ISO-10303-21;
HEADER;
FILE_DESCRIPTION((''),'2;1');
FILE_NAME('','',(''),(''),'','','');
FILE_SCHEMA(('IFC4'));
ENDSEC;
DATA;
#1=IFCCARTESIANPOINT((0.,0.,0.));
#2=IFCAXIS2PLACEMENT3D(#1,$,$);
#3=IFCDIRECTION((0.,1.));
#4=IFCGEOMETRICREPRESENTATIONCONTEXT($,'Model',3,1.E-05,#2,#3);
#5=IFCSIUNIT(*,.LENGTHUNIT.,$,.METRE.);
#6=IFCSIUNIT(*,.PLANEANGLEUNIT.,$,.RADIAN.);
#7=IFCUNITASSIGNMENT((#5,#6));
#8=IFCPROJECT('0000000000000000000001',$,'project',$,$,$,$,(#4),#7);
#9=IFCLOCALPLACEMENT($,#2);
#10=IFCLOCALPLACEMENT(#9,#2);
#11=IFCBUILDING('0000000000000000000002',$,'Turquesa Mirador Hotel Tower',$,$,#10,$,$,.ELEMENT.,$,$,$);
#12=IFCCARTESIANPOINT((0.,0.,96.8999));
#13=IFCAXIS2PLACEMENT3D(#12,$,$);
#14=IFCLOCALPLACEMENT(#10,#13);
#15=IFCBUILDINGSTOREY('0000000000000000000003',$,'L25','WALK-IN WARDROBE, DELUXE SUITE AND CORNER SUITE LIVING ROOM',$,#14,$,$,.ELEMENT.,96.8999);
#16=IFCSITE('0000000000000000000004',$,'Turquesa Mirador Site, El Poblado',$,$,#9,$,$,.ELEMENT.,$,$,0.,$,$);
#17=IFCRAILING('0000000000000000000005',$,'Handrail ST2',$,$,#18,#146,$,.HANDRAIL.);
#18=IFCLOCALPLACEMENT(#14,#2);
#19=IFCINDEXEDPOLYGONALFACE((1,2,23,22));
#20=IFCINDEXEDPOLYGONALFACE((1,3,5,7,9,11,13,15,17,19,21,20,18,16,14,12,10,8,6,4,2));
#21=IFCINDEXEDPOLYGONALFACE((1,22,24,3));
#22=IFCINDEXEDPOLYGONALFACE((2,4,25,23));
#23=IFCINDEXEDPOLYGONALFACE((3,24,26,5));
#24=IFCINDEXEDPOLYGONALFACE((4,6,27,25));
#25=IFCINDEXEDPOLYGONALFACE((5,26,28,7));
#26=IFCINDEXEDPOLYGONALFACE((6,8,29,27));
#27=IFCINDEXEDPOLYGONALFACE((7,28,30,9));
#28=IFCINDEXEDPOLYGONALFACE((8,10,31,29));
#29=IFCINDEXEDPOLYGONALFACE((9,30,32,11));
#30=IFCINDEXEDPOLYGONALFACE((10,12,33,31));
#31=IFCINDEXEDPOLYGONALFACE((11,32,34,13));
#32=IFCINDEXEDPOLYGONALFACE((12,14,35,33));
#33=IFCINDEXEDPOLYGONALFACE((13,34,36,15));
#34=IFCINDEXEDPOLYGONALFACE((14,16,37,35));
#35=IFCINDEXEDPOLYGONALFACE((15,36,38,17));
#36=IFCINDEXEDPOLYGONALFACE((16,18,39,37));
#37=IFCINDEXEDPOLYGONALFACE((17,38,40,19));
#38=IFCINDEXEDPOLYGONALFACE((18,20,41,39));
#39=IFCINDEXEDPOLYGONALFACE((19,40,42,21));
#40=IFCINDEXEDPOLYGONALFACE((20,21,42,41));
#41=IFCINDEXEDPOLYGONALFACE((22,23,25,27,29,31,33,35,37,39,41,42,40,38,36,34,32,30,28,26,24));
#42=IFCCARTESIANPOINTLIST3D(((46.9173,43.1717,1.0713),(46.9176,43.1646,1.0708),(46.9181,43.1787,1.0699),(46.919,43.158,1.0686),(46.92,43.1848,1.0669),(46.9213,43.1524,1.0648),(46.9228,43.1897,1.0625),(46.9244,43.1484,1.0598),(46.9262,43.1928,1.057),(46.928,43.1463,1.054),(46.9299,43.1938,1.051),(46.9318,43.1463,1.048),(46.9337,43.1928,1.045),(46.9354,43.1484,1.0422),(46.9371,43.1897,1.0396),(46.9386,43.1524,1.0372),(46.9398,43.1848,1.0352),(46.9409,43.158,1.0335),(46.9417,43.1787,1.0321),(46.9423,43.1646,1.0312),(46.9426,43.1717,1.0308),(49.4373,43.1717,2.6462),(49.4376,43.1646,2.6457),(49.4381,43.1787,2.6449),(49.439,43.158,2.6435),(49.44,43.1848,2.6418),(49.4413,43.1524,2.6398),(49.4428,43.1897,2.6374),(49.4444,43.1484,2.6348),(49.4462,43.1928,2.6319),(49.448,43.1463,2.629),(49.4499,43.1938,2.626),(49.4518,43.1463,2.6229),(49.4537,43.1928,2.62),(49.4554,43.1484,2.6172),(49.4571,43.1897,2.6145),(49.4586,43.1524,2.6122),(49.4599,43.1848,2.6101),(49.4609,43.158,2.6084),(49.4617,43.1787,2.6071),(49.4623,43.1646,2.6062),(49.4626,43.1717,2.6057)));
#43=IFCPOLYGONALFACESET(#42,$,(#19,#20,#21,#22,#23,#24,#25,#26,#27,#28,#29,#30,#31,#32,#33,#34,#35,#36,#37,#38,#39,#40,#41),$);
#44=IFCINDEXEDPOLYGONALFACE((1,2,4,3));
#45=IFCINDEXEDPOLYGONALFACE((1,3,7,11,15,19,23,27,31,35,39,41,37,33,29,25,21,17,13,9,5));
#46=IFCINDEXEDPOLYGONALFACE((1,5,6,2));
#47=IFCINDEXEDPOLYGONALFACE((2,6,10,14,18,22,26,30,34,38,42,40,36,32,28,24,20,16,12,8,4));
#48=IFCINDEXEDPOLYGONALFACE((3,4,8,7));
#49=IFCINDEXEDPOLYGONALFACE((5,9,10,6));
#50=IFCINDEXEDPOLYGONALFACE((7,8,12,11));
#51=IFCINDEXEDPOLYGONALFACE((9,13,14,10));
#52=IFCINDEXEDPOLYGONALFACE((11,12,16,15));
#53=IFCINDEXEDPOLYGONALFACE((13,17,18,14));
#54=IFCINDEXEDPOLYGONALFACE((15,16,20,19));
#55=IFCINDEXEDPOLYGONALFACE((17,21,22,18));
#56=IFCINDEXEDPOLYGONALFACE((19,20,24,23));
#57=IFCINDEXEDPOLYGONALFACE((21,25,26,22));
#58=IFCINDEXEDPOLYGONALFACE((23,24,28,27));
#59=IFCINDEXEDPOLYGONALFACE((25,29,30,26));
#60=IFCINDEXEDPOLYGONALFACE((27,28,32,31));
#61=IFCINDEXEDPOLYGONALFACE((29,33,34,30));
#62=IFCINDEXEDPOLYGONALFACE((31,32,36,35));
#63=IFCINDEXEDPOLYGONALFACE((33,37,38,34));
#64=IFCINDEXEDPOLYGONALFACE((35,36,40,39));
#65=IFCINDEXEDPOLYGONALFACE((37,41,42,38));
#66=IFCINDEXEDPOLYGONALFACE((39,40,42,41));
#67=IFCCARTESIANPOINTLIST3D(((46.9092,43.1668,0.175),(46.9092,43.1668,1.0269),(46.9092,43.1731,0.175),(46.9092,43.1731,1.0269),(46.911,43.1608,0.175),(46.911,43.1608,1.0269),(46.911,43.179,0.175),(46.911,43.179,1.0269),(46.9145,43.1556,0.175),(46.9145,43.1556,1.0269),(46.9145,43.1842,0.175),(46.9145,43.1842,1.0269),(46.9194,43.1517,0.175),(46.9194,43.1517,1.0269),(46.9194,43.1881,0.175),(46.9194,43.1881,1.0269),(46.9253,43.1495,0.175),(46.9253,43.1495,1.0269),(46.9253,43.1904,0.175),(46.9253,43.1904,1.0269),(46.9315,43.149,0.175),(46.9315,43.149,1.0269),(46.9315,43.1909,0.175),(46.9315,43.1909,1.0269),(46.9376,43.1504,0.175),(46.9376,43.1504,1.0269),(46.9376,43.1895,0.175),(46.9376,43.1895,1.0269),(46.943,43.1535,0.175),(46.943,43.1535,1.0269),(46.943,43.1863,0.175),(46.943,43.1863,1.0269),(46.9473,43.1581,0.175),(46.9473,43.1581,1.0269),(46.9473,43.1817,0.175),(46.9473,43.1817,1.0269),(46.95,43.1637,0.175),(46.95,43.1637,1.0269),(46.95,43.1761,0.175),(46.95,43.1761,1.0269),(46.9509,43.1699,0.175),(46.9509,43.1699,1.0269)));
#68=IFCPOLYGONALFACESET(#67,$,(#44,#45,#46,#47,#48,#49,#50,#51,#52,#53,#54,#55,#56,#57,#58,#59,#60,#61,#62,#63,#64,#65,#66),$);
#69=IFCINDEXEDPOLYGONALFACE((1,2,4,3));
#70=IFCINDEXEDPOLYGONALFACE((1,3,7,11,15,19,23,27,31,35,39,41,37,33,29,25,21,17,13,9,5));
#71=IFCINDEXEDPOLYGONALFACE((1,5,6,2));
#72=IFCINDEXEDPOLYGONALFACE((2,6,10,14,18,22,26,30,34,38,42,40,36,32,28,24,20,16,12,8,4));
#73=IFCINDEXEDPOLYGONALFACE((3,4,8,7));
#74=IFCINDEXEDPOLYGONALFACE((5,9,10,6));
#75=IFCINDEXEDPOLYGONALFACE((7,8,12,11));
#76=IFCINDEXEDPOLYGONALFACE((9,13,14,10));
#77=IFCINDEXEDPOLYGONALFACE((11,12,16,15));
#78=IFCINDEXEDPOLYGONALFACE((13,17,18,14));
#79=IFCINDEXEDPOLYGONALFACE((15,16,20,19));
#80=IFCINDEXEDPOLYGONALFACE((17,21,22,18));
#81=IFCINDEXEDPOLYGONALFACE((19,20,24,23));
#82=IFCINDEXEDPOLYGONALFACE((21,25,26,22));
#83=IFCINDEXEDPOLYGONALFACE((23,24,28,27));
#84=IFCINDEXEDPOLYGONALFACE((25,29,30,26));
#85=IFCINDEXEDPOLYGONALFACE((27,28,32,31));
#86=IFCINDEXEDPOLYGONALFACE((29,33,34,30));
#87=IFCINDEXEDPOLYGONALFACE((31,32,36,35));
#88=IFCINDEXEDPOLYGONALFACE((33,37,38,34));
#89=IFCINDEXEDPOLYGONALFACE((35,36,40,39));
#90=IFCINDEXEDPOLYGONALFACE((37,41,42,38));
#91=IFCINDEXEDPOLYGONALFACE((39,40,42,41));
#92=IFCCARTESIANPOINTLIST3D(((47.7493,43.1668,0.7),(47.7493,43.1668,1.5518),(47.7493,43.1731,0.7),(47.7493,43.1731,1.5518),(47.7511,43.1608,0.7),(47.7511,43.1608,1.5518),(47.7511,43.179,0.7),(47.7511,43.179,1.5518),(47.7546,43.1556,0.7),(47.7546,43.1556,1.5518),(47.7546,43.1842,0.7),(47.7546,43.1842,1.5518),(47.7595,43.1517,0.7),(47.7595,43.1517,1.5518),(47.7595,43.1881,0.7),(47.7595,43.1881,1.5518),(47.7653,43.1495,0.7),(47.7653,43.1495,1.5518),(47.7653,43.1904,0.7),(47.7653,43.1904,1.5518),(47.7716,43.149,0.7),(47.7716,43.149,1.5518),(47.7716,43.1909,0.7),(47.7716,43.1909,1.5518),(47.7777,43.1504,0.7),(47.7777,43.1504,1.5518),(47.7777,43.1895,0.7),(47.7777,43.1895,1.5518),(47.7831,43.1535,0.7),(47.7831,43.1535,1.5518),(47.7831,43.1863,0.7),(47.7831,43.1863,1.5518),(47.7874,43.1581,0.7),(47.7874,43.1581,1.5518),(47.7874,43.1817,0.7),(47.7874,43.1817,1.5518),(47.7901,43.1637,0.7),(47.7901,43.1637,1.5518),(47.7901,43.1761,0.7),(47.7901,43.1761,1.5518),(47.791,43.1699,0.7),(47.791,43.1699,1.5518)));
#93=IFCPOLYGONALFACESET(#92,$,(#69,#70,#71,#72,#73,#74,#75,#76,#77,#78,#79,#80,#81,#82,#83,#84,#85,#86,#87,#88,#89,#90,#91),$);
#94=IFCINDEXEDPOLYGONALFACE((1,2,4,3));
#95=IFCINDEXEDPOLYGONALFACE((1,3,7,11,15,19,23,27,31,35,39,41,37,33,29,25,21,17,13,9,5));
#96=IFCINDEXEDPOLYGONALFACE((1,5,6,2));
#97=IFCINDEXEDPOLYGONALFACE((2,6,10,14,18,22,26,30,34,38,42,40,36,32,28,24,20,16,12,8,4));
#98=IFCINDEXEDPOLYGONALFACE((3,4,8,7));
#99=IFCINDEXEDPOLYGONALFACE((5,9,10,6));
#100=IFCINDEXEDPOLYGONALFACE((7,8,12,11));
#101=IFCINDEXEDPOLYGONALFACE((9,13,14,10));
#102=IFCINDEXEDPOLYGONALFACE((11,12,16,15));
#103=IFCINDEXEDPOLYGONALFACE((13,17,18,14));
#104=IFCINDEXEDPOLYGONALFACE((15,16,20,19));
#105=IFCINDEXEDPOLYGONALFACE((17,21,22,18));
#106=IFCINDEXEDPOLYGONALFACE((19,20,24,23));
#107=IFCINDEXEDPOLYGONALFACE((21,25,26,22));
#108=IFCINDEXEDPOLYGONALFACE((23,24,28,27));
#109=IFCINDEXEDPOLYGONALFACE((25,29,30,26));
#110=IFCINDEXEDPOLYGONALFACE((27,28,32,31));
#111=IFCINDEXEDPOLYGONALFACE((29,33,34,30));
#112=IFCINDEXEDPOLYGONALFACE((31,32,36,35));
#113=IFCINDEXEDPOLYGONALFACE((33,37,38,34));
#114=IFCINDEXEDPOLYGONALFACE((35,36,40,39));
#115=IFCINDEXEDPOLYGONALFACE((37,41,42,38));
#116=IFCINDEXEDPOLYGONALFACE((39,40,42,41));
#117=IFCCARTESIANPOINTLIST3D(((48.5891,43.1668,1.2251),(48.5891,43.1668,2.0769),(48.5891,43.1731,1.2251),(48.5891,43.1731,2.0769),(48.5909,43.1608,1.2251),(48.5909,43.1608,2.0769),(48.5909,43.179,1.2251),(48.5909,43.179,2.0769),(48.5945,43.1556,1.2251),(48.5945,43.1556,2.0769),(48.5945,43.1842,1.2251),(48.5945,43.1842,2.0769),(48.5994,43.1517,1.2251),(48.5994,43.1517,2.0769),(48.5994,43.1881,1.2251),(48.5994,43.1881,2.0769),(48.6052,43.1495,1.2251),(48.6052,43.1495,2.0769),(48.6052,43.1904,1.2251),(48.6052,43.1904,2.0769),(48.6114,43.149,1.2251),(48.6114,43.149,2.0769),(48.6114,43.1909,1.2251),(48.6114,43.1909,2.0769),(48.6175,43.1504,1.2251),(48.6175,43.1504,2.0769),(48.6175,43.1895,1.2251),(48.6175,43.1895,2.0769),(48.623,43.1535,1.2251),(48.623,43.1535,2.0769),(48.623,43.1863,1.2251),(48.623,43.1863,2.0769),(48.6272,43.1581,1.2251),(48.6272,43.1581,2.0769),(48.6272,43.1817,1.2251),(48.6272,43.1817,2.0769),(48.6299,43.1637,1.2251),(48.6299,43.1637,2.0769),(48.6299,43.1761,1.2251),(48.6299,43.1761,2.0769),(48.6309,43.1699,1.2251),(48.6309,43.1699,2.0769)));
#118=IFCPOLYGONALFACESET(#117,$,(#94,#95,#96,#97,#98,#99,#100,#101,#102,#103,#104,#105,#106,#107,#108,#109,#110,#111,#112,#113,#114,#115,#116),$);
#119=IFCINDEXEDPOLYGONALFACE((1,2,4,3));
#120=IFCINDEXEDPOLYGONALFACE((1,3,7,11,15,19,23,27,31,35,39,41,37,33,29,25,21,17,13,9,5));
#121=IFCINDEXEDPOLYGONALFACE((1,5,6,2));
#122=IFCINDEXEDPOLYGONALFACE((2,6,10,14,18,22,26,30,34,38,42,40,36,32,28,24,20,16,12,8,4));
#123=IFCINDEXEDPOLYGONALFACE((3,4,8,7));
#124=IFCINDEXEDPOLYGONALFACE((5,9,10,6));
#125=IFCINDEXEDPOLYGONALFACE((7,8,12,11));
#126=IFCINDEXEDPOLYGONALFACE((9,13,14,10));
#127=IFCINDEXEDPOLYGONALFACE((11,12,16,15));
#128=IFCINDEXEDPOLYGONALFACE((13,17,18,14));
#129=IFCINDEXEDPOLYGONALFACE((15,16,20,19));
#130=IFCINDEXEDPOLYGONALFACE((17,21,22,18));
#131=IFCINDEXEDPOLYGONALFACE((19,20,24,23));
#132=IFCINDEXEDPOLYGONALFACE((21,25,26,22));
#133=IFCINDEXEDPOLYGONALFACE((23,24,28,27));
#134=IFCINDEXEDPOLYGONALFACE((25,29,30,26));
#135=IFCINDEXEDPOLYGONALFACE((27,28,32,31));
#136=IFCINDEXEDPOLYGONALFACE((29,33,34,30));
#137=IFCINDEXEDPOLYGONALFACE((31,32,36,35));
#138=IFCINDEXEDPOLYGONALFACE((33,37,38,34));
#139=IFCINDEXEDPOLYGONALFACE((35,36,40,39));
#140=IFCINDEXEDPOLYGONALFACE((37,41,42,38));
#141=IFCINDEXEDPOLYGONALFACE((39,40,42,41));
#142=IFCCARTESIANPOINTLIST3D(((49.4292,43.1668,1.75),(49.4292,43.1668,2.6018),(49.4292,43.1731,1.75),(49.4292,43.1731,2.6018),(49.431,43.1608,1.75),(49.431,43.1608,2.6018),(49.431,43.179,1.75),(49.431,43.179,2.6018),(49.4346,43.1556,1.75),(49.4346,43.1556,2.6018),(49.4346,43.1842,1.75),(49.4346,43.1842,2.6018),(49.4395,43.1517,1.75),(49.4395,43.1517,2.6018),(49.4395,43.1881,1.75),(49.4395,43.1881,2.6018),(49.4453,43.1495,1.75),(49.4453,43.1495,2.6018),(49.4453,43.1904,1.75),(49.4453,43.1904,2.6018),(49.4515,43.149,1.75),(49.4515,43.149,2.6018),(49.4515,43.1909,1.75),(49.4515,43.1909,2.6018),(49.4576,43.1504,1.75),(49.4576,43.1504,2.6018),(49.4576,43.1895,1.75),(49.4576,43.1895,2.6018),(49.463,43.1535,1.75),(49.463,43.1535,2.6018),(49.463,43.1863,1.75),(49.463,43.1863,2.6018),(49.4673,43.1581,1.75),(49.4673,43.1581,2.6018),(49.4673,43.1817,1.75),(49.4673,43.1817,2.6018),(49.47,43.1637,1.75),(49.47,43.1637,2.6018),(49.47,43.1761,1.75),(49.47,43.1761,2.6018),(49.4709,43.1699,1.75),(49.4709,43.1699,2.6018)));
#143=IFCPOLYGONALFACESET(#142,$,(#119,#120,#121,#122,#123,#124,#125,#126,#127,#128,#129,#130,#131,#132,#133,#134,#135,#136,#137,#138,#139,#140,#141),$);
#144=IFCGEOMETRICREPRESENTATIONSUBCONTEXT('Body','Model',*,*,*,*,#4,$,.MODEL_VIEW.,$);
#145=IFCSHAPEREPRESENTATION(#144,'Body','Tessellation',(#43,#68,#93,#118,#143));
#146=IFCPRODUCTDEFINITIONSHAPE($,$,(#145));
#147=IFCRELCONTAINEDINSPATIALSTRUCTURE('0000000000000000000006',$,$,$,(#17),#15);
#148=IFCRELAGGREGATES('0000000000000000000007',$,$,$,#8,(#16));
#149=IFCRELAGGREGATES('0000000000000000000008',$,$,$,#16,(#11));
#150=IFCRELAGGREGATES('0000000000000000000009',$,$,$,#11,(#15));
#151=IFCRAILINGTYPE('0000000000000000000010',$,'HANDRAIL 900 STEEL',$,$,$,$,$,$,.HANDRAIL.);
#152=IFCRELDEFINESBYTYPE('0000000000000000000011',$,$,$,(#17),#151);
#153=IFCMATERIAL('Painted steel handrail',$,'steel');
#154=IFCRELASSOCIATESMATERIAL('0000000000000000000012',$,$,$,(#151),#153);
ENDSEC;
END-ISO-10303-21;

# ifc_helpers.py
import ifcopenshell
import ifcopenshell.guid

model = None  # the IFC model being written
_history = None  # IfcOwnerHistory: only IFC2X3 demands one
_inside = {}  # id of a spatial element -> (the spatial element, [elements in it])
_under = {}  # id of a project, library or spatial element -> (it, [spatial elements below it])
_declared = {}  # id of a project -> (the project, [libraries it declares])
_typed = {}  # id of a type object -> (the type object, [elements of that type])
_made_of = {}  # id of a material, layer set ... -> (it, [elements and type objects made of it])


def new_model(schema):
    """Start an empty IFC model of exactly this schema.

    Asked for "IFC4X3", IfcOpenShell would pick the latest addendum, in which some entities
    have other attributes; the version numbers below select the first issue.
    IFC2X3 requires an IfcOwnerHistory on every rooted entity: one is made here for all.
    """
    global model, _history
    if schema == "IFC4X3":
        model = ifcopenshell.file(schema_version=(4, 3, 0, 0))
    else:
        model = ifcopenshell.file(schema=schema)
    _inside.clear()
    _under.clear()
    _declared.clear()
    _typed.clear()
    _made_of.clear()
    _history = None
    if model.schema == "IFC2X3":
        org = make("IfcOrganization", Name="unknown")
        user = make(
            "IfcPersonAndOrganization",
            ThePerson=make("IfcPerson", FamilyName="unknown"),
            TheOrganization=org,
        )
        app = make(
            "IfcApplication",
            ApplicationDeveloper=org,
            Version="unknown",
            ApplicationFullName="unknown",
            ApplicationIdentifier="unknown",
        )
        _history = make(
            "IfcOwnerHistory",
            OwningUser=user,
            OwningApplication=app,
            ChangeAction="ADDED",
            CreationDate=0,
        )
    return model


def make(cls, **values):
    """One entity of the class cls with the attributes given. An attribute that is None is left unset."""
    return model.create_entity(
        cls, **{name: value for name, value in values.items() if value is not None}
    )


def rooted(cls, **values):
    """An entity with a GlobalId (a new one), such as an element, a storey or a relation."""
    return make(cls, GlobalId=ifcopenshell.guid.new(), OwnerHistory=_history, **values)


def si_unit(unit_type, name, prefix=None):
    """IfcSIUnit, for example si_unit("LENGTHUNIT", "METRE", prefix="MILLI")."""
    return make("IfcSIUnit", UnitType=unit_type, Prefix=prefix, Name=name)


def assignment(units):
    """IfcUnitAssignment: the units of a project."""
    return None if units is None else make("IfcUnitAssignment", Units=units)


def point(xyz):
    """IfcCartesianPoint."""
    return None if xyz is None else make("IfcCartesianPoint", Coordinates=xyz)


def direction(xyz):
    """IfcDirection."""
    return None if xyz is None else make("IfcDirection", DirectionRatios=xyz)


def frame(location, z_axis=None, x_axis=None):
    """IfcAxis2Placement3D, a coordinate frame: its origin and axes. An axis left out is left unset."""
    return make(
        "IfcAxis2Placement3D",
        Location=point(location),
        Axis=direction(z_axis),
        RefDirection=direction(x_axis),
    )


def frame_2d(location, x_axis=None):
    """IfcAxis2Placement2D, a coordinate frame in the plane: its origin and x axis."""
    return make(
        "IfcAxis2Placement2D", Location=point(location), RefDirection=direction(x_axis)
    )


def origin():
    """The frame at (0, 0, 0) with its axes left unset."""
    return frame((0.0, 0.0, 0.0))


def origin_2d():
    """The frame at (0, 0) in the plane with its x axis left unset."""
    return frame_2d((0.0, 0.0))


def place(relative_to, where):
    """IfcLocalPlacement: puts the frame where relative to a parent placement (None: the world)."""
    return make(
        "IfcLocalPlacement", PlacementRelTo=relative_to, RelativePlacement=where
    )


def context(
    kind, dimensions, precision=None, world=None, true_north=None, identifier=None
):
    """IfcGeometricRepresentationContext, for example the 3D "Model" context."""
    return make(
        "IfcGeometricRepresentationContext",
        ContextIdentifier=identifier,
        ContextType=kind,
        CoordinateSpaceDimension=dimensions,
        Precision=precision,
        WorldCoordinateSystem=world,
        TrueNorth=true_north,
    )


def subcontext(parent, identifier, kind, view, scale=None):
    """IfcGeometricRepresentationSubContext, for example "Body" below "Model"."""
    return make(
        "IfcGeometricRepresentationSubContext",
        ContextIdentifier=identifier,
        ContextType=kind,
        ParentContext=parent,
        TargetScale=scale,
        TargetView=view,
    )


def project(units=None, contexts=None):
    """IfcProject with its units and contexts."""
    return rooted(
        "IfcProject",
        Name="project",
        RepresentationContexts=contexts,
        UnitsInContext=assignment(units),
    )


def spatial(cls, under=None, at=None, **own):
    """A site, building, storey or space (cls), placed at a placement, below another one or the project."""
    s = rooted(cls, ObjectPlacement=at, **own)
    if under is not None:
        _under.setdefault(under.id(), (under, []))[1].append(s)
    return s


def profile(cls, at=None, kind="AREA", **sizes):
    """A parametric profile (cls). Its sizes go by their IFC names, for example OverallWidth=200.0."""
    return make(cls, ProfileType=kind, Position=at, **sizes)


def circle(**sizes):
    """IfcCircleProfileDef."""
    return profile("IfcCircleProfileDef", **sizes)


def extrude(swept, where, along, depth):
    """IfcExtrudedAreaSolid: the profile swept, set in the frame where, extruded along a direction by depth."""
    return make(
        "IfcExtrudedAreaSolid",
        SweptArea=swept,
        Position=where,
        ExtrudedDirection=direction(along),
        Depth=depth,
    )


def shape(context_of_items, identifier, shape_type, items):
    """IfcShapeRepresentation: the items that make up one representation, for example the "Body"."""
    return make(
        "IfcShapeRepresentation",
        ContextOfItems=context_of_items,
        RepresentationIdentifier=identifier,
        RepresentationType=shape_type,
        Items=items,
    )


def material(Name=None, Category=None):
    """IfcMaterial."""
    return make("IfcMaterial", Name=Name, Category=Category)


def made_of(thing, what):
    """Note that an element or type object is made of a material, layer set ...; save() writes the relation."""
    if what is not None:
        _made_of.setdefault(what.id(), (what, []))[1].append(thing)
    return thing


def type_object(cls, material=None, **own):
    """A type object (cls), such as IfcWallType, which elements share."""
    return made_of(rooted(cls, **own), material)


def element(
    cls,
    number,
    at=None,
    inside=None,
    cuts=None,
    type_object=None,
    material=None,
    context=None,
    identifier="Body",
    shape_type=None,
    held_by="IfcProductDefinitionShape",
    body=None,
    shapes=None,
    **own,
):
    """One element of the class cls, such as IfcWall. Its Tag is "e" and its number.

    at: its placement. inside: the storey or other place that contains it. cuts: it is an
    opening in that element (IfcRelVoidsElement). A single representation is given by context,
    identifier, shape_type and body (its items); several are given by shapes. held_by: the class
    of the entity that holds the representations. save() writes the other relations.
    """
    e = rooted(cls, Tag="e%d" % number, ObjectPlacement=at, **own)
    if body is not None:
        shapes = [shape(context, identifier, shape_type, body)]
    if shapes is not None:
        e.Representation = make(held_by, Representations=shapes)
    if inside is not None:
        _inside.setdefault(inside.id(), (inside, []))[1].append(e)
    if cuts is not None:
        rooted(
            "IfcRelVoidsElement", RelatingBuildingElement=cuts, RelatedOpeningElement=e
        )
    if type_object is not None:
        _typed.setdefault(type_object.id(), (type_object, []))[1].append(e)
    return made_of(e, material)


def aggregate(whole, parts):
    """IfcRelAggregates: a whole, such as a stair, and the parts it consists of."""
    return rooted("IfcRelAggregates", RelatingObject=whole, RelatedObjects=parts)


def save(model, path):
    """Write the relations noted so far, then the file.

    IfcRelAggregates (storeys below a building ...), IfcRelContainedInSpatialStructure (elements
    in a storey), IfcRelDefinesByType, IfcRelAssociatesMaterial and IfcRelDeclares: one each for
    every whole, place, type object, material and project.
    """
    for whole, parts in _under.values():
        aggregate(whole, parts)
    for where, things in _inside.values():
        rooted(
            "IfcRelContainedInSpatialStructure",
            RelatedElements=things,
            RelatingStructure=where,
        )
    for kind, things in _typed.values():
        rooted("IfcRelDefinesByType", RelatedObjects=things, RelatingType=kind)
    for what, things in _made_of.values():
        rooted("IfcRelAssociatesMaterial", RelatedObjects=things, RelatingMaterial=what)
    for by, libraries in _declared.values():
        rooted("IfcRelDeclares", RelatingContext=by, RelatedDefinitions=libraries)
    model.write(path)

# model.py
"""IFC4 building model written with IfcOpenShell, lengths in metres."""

from ifc_helpers import new_model, si_unit, direction, frame, origin, origin_2d, place, context, subcontext, project, spatial, circle, extrude, material, type_object, element, save


model = new_model("IFC4")

# Units and contexts
model_context = context("Model", 3, precision=1e-05, world=origin(), true_north=direction((0.0, 1.0)))
body_context = subcontext(model_context, "Body", "Model", "MODEL_VIEW")
ifc_project = project(units=[si_unit("LENGTHUNIT", "METRE"), si_unit("PLANEANGLEUNIT", "RADIAN")], contexts=[model_context])

# Site, building, storey
site_placement = place(None, origin())
site = spatial("IfcSite", under=ifc_project, at=site_placement, Name="Turquesa Mirador Site, El Poblado", CompositionType="ELEMENT", RefElevation=0.0)
building_placement = place(site_placement, origin())
building = spatial("IfcBuilding", under=site, at=building_placement, Name="Turquesa Mirador Hotel Tower", CompositionType="ELEMENT")
storey_placement = place(building_placement, frame((0.0, 0.0, 96.8999)))
storey = spatial("IfcBuildingStorey", under=building, at=storey_placement, Name="L25", Description="WALK-IN WARDROBE, DELUXE SUITE AND CORNER SUITE LIVING ROOM", CompositionType="ELEMENT", Elevation=96.8999)

# Railing
ifc_material_1 = material(Name="Painted steel handrail", Category="steel")
railing_type = type_object("IfcRailingType", Name="HANDRAIL 900 STEEL", PredefinedType="HANDRAIL", material=ifc_material_1)
for number, where, name in (
    (1, (46.9299, 43.1699, 0.175), "Handrail ST2"),
):
    element("IfcRailing", number, at=place(storey_placement, frame(where)), inside=storey, type_object=railing_type, Name=name, PredefinedType="HANDRAIL", context=body_context, shape_type="SweptSolid", body=[
        extrude(circle(Radius=0.0239, at=origin_2d()), frame((0.0, 0.0, 0.876), z_axis=(0.848008, 0.0, 0.529984), x_axis=(0.0, 1.0, 0.0)), (0.0, 0.0, 1.0), 2.9717),
        extrude(circle(Radius=0.021, at=origin_2d()), origin(), (0.0, 0.0, 1.0), 0.8518),
        extrude(circle(Radius=0.021, at=origin_2d()), frame((0.8401, 0.0, 0.5249)), (0.0, 0.0, 1.0), 0.8518),
        extrude(circle(Radius=0.021, at=origin_2d()), frame((1.6799, 0.0, 1.05)), (0.0, 0.0, 1.0), 0.8518),
        extrude(circle(Radius=0.021, at=origin_2d()), frame((2.52, 0.0, 1.575)), (0.0, 0.0, 1.0), 0.8518),
    ])

save(model, "model.ifc")
